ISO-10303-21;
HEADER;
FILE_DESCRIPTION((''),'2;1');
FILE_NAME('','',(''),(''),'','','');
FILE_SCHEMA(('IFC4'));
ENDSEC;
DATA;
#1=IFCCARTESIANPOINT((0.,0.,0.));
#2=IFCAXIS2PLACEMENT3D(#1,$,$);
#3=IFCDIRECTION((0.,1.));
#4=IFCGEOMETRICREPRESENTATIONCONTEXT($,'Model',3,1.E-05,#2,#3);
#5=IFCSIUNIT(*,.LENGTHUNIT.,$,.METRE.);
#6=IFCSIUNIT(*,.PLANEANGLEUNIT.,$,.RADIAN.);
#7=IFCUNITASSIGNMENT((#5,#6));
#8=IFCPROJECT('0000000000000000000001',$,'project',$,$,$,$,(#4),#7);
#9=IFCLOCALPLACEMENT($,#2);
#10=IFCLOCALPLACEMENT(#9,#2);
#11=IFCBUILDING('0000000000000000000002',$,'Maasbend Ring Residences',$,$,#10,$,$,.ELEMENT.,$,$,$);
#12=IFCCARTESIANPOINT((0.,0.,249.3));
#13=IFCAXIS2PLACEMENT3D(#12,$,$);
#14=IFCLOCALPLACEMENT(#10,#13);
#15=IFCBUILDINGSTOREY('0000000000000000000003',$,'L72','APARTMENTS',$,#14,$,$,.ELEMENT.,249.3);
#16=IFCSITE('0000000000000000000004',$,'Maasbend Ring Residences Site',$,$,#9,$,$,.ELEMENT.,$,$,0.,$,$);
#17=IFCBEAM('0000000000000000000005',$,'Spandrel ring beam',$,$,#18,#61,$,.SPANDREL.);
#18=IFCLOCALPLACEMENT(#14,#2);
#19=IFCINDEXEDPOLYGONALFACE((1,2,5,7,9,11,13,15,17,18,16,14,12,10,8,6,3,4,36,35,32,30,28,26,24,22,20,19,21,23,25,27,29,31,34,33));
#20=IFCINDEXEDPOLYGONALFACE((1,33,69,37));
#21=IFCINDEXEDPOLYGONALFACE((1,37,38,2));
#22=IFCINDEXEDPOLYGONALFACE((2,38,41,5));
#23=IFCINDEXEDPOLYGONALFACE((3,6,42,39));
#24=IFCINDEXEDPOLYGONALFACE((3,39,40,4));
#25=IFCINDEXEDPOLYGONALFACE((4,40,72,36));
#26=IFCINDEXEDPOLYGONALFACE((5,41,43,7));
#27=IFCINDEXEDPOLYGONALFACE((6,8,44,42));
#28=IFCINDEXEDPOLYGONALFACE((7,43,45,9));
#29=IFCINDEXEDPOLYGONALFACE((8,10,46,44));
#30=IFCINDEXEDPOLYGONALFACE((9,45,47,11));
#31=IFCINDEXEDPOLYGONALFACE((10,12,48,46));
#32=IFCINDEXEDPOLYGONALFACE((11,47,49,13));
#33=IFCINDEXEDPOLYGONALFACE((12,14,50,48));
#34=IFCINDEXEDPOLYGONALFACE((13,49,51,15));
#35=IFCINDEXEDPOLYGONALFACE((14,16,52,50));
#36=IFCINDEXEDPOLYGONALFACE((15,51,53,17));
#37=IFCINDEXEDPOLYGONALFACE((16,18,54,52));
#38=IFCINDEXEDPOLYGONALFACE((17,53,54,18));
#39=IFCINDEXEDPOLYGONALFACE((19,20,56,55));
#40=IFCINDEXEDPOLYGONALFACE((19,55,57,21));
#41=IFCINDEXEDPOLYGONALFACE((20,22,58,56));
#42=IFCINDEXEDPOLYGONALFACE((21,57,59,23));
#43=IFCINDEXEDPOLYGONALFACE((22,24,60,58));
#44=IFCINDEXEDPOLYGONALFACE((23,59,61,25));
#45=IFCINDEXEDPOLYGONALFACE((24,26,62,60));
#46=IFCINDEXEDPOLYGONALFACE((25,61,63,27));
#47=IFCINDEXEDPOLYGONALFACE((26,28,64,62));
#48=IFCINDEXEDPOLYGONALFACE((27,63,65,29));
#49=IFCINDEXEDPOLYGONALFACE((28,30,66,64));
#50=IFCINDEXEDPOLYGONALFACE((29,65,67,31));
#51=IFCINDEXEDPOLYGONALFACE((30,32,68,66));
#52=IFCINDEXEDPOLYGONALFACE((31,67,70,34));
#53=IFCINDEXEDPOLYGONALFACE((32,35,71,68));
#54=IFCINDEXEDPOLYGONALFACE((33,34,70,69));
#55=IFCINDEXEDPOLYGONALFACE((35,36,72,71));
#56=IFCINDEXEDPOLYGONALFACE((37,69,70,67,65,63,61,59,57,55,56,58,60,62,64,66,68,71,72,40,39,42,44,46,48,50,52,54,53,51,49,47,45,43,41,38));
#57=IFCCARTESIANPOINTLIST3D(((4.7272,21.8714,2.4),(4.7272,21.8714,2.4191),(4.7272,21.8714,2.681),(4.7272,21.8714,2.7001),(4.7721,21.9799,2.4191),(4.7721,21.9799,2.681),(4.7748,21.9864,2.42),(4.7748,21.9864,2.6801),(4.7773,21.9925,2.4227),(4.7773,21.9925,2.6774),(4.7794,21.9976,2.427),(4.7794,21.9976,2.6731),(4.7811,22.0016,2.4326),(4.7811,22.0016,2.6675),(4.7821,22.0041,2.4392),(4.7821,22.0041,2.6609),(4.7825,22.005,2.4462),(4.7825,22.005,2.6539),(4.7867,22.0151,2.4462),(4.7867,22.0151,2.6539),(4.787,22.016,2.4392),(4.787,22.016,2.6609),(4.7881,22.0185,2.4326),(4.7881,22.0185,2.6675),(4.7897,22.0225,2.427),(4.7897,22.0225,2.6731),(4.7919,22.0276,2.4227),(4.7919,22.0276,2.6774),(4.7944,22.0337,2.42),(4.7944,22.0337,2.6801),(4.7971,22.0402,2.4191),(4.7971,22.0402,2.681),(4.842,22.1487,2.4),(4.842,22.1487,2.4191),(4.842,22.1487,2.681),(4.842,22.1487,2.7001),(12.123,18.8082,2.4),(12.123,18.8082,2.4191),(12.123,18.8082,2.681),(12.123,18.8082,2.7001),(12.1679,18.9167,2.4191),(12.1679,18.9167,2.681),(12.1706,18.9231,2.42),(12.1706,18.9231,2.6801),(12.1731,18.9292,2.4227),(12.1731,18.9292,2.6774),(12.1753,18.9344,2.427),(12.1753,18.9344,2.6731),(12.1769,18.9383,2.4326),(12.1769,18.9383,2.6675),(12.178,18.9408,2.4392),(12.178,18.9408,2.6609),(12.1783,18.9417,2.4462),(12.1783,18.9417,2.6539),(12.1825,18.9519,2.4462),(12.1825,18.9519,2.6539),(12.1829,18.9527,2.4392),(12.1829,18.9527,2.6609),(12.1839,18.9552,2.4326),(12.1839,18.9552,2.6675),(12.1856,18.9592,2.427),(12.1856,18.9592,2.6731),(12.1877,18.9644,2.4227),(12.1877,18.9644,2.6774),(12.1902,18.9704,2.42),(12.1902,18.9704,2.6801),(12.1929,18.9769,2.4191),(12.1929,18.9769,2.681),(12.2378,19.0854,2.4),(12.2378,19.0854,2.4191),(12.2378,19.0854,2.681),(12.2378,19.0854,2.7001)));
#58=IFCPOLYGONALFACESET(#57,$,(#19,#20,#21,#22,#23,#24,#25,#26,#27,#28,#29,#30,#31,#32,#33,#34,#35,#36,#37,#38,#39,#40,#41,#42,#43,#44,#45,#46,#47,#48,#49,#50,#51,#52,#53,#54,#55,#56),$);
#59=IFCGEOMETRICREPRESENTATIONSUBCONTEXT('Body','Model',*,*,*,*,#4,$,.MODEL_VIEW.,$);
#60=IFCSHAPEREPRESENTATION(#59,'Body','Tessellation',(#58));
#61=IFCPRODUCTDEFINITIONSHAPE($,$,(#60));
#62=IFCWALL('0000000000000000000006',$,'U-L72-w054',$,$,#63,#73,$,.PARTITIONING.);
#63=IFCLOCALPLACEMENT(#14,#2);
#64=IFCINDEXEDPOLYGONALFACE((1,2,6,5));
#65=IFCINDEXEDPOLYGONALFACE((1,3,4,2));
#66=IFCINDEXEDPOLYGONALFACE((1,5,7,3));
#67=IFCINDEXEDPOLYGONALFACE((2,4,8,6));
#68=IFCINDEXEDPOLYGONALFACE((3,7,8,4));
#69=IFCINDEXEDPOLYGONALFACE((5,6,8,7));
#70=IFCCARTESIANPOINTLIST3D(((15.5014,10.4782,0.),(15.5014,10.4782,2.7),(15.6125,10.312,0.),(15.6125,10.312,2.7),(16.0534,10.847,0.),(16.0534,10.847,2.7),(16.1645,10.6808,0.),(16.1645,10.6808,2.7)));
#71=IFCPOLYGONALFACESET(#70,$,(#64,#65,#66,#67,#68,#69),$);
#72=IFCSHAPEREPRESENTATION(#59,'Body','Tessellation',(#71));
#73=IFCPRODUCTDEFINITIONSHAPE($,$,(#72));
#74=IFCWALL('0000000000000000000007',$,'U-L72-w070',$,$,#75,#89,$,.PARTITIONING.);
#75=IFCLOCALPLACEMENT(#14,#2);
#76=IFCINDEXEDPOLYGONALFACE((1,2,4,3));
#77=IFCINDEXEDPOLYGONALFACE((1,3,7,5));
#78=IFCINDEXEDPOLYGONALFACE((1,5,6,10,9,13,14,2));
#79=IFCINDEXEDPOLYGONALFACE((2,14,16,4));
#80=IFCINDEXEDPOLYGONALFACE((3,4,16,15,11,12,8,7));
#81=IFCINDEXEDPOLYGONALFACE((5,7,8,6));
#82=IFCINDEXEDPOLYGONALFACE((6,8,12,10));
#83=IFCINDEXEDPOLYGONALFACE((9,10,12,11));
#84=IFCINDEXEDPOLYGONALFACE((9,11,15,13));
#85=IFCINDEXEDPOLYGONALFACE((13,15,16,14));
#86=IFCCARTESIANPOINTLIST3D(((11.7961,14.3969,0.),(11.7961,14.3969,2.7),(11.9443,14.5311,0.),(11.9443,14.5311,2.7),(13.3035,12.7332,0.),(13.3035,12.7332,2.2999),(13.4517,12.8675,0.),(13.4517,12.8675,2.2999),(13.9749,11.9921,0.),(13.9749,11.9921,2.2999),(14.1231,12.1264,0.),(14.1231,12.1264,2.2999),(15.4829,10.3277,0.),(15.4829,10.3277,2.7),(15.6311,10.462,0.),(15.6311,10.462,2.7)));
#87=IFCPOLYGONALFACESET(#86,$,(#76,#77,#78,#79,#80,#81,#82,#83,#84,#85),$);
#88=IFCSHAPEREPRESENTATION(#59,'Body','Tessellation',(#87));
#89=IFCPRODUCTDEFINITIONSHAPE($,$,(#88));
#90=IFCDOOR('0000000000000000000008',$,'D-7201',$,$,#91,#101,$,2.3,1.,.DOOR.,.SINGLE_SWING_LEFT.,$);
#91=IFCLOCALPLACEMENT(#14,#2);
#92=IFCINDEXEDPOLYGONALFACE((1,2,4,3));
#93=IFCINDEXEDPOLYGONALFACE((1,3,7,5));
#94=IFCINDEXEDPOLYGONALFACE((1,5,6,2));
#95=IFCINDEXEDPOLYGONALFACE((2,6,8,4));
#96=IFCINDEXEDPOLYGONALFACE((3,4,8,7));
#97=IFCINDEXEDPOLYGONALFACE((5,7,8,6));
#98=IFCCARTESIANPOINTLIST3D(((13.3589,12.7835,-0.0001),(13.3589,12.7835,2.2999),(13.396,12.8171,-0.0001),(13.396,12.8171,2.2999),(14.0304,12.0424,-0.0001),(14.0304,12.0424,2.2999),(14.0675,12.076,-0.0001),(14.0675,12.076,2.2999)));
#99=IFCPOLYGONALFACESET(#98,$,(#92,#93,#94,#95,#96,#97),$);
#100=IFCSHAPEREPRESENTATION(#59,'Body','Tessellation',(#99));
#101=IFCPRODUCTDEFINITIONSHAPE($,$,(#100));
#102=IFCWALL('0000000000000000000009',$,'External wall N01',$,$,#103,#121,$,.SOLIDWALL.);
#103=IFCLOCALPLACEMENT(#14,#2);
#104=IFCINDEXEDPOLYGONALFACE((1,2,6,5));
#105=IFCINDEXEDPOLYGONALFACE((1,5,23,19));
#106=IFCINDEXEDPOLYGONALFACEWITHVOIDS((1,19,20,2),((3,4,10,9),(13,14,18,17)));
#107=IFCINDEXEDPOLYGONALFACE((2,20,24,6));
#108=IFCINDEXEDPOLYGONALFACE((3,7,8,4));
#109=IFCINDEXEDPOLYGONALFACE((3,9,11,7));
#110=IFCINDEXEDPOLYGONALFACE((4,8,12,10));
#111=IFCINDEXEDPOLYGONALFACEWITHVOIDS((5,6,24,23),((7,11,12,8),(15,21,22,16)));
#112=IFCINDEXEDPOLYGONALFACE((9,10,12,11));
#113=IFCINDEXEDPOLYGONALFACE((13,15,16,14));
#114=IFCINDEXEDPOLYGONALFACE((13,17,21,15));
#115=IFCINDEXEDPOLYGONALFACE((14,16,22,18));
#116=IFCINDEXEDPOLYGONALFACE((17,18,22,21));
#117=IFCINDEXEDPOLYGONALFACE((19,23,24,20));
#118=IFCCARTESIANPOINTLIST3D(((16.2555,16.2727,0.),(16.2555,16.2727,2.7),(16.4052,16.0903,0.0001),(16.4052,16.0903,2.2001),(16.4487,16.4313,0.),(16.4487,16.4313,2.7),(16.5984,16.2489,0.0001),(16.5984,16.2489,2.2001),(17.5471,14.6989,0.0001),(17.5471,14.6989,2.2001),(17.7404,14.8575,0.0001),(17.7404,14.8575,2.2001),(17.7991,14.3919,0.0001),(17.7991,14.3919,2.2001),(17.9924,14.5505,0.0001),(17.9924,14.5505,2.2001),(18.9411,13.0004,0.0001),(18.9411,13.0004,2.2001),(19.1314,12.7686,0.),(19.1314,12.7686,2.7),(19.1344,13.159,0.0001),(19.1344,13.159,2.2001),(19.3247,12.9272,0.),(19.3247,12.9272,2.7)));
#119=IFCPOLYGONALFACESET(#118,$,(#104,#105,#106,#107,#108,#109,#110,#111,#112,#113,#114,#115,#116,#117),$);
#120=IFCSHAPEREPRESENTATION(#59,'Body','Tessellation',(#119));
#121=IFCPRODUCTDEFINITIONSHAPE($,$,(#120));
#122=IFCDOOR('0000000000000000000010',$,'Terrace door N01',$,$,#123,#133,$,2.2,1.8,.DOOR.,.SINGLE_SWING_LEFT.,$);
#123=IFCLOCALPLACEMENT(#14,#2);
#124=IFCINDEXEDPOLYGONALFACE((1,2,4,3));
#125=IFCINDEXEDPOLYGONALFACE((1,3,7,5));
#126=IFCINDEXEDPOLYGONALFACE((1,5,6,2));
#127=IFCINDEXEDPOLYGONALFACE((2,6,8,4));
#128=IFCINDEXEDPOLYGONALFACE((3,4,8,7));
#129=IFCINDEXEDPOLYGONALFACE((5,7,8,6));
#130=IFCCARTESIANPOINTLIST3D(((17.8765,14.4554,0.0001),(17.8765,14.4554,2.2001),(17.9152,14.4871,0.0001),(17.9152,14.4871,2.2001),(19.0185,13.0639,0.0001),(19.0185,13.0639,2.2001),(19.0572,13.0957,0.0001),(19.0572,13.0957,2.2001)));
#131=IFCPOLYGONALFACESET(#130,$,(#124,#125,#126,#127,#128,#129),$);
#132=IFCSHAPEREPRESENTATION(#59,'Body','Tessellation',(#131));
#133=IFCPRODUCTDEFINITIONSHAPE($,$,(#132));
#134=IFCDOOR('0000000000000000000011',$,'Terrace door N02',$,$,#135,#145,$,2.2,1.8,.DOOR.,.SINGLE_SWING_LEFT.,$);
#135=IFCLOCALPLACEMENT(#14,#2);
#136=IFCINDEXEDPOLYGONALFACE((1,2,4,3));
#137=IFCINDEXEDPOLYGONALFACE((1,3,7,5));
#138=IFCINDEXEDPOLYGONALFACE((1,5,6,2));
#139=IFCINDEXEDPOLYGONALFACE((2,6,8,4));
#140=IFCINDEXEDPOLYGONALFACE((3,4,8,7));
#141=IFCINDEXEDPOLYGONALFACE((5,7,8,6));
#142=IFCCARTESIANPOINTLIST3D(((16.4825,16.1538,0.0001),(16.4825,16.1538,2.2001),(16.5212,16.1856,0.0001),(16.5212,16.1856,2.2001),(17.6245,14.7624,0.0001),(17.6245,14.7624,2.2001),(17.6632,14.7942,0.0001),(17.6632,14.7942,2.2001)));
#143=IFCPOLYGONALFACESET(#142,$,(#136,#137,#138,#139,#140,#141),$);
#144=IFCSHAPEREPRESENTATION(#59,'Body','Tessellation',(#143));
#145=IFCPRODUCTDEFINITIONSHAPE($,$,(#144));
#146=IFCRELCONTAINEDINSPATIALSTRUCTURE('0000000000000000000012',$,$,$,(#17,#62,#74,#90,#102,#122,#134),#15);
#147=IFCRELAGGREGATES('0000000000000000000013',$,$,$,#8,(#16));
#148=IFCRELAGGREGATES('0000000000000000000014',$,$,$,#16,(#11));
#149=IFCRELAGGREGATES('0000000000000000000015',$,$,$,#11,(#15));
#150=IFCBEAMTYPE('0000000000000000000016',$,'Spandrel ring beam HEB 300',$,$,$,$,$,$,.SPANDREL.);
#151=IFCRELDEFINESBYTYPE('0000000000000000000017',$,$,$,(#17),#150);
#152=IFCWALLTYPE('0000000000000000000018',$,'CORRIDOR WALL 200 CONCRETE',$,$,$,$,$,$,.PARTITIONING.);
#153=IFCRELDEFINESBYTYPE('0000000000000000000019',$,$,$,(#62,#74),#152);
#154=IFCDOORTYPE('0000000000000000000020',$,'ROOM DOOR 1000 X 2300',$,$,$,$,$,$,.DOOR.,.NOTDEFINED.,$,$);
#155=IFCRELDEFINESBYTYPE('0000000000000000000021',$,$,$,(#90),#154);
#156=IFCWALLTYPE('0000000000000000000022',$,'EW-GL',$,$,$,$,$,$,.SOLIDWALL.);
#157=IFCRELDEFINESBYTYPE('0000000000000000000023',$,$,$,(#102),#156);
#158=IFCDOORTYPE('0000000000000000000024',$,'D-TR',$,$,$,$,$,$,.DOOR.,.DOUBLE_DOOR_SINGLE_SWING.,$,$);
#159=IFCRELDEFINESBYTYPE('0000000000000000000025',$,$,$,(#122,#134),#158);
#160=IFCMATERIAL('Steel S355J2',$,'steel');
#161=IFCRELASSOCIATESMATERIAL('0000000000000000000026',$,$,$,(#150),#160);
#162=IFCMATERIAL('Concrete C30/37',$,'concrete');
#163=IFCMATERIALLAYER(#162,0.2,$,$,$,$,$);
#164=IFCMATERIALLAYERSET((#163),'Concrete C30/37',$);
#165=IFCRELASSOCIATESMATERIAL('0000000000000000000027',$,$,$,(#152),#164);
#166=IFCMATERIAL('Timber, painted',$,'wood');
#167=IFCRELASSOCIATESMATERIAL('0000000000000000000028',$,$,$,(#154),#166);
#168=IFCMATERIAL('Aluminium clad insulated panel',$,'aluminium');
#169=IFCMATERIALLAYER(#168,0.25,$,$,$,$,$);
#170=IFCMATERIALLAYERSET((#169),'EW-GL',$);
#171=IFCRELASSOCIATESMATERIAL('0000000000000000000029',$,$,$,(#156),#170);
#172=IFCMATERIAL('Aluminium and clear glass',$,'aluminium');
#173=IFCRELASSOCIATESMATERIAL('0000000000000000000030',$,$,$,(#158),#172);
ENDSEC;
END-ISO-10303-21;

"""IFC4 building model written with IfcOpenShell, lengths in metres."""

from ifc_helpers import new_model, si_unit, direction, frame, frame_2d, origin, origin_2d, place, context, subcontext, project, spatial, rectangle, i_section, extrude, material, layer, layer_set, material_profile, profile_set, type_object, element, fill, save


model = new_model("IFC4")

# Units and contexts
model_context = context("Model", 3, precision=1e-05, world=origin(), true_north=direction((0.0, 1.0)))
body_context = subcontext(model_context, "Body", "Model", "MODEL_VIEW")
ifc_project = project(units=[si_unit("LENGTHUNIT", "METRE"), si_unit("PLANEANGLEUNIT", "RADIAN")], contexts=[model_context])

# Site, building, storey
site_placement = place(None, origin())
site = spatial("IfcSite", under=ifc_project, at=site_placement, Name="Maasbend Ring Residences Site", CompositionType="ELEMENT", RefElevation=0.0)
building_placement = place(site_placement, origin())
building = spatial("IfcBuilding", under=site, at=building_placement, Name="Maasbend Ring Residences", CompositionType="ELEMENT")
storey_placement = place(building_placement, frame((0.0, 0.0, 249.3)))
storey = spatial("IfcBuildingStorey", under=building, at=storey_placement, Name="L72", Description="APARTMENTS", CompositionType="ELEMENT", Elevation=249.3)

# Beam
ifc_material_1 = material(Name="Steel S355J2", Category="steel")
ifc_material_profile_1 = material_profile(ifc_material_1, i_section(OverallWidth=0.3, OverallDepth=0.3, WebThickness=0.011, FlangeThickness=0.019, FilletRadius=0.0271, at=origin_2d()), Name="HEB 300")
ifc_profile_set_1 = profile_set([ifc_material_profile_1], Name="Steel S355J2")
beam_type_1 = type_object("IfcBeamType", Name="Spandrel ring beam HEB 300", PredefinedType="SPANDREL", material=ifc_profile_set_1)
beam_1_placement = place(storey_placement, frame((12.1804, 18.9468, 2.55), z_axis=(-0.923888, 0.382663, 0.0), x_axis=(-0.382663, -0.923888, 0.0)))
element("IfcBeam", 1, at=beam_1_placement, inside=storey, type_object=beam_type_1, Name="Spandrel ring beam", PredefinedType="SPANDREL", context=body_context, shape_type="SweptSolid", body=[
    extrude(i_section(OverallWidth=0.3, OverallDepth=0.3, WebThickness=0.011, FlangeThickness=0.019, FilletRadius=0.0271, at=origin_2d()), origin(), (0.0, 0.0, 1.0), 8.0051),
])

# Wall
ifc_material_2 = material(Name="Concrete C30/37", Category="concrete")
ifc_layer_1 = layer(ifc_material_2, 0.2)
ifc_layer_set_1 = layer_set([ifc_layer_1], Name="Concrete C30/37")
wall_type_1 = type_object("IfcWallType", Name="CORRIDOR WALL 200 CONCRETE", PredefinedType="PARTITIONING", material=ifc_layer_set_1)
wall_1_placement = place(storey_placement, frame((15.5569, 10.395, 0.0), z_axis=(0.0, 0.0, 1.0), x_axis=(0.831427, 0.555633, 0.0)))
element("IfcWall", 2, at=wall_1_placement, inside=storey, type_object=wall_type_1, Name="U-L72-w054", PredefinedType="PARTITIONING", context=body_context, shape_type="SweptSolid", body=[
    extrude(rectangle(XDim=0.6638, YDim=0.2, at=frame_2d((0.332, 0.0))), origin(), (0.0, 0.0, 1.0), 2.7),
])

# Wall, opening, door
wall_2_placement = place(storey_placement, frame((11.8701, 14.4641, 0.0), z_axis=(0.0, 0.0, 1.0), x_axis=(0.671435, -0.741064, 0.0)))
wall_2 = element("IfcWall", 3, at=wall_2_placement, inside=storey, type_object=wall_type_1, Name="U-L72-w070", PredefinedType="PARTITIONING", context=body_context, shape_type="SweptSolid", body=[
    extrude(rectangle(XDim=5.491, YDim=0.2, at=frame_2d((2.7456, 0.0))), origin(), (0.0, 0.0, 1.0), 2.7),
])
opening_1_placement = place(wall_2_placement, frame((2.2451, 0.0, 0.0)))
opening_1 = element("IfcOpeningElement", 4, at=opening_1_placement, cuts=wall_2, PredefinedType="OPENING", context=body_context, shape_type="SweptSolid", body=[
    extrude(rectangle(XDim=1.0, YDim=2.3, at=frame_2d((0.5, 1.1499))), frame((0.0, 0.1099, 0.0), z_axis=(0.0, -1.0, 0.0), x_axis=(1.0, 0.0, 0.0)), (0.0, 0.0, 1.0), 0.22),
])
ifc_material_3 = material(Name="Timber, painted", Category="wood")
door_type_1 = type_object("IfcDoorType", Name="ROOM DOOR 1000 X 2300", OperationType="NOTDEFINED", PredefinedType="DOOR", material=ifc_material_3)
door_1_placement = place(opening_1_placement, origin())
door_1 = element("IfcDoor", 5, at=door_1_placement, inside=storey, type_object=door_type_1, Name="D-7201", OperationType="SINGLE_SWING_LEFT", OverallHeight=2.3, OverallWidth=1.0, PredefinedType="DOOR", context=body_context, shape_type="SweptSolid", body=[
    extrude(rectangle(XDim=1.0, YDim=2.3, at=frame_2d((0.5, 1.1499))), frame((0.0, 0.0249, 0.0), z_axis=(0.0, -1.0, 0.0), x_axis=(1.0, 0.0, 0.0)), (0.0, 0.0, 1.0), 0.05),
])
fill(opening_1, door_1)

# Wall, openings, doors
ifc_material_4 = material(Name="Aluminium clad insulated panel", Category="aluminium")
ifc_layer_2 = layer(ifc_material_4, 0.25)
ifc_layer_set_2 = layer_set([ifc_layer_2], Name="EW-GL")
wall_type_2 = type_object("IfcWallType", Name="EW-GL", PredefinedType="SOLIDWALL", material=ifc_layer_set_2)
wall_3_placement = place(storey_placement, frame((19.228, 12.8479, 0.0), z_axis=(0.0, 0.0, 1.0), x_axis=(-0.634419, 0.772989, 0.0)))
wall_3 = element("IfcWall", 6, at=wall_3_placement, inside=storey, type_object=wall_type_2, Name="External wall N01", PredefinedType="SOLIDWALL", context=body_context, shape_type="SweptSolid", body=[
    extrude(rectangle(XDim=4.5332, YDim=0.25, at=frame_2d((2.2666, 0.0))), origin(), (0.0, 0.0, 1.0), 2.7),
])
opening_2_placement = place(wall_3_placement, frame((0.3, 0.0, 0.0)))
opening_2 = element("IfcOpeningElement", 7, at=opening_2_placement, cuts=wall_3, PredefinedType="OPENING", context=body_context, shape_type="SweptSolid", body=[
    extrude(rectangle(XDim=1.8, YDim=2.2, at=frame_2d((0.8999, 1.1001))), frame((0.0, 0.135, 0.0), z_axis=(0.0, -1.0, 0.0), x_axis=(1.0, 0.0, 0.0)), (0.0, 0.0, 1.0), 0.27),
])
opening_3_placement = place(wall_3_placement, frame((2.4973, 0.0, 0.0)))
opening_3 = element("IfcOpeningElement", 8, at=opening_3_placement, cuts=wall_3, PredefinedType="OPENING", context=body_context, shape_type="SweptSolid", body=[
    extrude(rectangle(XDim=1.8, YDim=2.2, at=frame_2d((0.8999, 1.1001))), frame((0.0, 0.135, 0.0), z_axis=(0.0, -1.0, 0.0), x_axis=(1.0, 0.0, 0.0)), (0.0, 0.0, 1.0), 0.27),
])
ifc_material_5 = material(Name="Aluminium and clear glass", Category="aluminium")
door_type_2 = type_object("IfcDoorType", Name="D-TR", OperationType="DOUBLE_DOOR_SINGLE_SWING", PredefinedType="DOOR", material=ifc_material_5)
door_2_placement = place(opening_2_placement, origin())
door_2 = element("IfcDoor", 9, at=door_2_placement, inside=storey, type_object=door_type_2, Name="Terrace door N01", OperationType="SINGLE_SWING_LEFT", OverallHeight=2.2, OverallWidth=1.8, PredefinedType="DOOR", context=body_context, shape_type="SweptSolid", body=[
    extrude(rectangle(XDim=1.8, YDim=2.2, at=frame_2d((0.8999, 1.1001))), frame((0.0, 0.0249, 0.0), z_axis=(0.0, -1.0, 0.0), x_axis=(1.0, 0.0, 0.0)), (0.0, 0.0, 1.0), 0.05),
])
fill(opening_2, door_2)
door_3_placement = place(opening_3_placement, origin())
door_3 = element("IfcDoor", 10, at=door_3_placement, inside=storey, type_object=door_type_2, Name="Terrace door N02", OperationType="SINGLE_SWING_LEFT", OverallHeight=2.2, OverallWidth=1.8, PredefinedType="DOOR", context=body_context, shape_type="SweptSolid", body=[
    extrude(rectangle(XDim=1.8, YDim=2.2, at=frame_2d((0.8999, 1.1001))), frame((0.0, 0.0249, 0.0), z_axis=(0.0, -1.0, 0.0), x_axis=(1.0, 0.0, 0.0)), (0.0, 0.0, 1.0), 0.05),
])
fill(opening_3, door_3)

save(model, "model.ifc")
